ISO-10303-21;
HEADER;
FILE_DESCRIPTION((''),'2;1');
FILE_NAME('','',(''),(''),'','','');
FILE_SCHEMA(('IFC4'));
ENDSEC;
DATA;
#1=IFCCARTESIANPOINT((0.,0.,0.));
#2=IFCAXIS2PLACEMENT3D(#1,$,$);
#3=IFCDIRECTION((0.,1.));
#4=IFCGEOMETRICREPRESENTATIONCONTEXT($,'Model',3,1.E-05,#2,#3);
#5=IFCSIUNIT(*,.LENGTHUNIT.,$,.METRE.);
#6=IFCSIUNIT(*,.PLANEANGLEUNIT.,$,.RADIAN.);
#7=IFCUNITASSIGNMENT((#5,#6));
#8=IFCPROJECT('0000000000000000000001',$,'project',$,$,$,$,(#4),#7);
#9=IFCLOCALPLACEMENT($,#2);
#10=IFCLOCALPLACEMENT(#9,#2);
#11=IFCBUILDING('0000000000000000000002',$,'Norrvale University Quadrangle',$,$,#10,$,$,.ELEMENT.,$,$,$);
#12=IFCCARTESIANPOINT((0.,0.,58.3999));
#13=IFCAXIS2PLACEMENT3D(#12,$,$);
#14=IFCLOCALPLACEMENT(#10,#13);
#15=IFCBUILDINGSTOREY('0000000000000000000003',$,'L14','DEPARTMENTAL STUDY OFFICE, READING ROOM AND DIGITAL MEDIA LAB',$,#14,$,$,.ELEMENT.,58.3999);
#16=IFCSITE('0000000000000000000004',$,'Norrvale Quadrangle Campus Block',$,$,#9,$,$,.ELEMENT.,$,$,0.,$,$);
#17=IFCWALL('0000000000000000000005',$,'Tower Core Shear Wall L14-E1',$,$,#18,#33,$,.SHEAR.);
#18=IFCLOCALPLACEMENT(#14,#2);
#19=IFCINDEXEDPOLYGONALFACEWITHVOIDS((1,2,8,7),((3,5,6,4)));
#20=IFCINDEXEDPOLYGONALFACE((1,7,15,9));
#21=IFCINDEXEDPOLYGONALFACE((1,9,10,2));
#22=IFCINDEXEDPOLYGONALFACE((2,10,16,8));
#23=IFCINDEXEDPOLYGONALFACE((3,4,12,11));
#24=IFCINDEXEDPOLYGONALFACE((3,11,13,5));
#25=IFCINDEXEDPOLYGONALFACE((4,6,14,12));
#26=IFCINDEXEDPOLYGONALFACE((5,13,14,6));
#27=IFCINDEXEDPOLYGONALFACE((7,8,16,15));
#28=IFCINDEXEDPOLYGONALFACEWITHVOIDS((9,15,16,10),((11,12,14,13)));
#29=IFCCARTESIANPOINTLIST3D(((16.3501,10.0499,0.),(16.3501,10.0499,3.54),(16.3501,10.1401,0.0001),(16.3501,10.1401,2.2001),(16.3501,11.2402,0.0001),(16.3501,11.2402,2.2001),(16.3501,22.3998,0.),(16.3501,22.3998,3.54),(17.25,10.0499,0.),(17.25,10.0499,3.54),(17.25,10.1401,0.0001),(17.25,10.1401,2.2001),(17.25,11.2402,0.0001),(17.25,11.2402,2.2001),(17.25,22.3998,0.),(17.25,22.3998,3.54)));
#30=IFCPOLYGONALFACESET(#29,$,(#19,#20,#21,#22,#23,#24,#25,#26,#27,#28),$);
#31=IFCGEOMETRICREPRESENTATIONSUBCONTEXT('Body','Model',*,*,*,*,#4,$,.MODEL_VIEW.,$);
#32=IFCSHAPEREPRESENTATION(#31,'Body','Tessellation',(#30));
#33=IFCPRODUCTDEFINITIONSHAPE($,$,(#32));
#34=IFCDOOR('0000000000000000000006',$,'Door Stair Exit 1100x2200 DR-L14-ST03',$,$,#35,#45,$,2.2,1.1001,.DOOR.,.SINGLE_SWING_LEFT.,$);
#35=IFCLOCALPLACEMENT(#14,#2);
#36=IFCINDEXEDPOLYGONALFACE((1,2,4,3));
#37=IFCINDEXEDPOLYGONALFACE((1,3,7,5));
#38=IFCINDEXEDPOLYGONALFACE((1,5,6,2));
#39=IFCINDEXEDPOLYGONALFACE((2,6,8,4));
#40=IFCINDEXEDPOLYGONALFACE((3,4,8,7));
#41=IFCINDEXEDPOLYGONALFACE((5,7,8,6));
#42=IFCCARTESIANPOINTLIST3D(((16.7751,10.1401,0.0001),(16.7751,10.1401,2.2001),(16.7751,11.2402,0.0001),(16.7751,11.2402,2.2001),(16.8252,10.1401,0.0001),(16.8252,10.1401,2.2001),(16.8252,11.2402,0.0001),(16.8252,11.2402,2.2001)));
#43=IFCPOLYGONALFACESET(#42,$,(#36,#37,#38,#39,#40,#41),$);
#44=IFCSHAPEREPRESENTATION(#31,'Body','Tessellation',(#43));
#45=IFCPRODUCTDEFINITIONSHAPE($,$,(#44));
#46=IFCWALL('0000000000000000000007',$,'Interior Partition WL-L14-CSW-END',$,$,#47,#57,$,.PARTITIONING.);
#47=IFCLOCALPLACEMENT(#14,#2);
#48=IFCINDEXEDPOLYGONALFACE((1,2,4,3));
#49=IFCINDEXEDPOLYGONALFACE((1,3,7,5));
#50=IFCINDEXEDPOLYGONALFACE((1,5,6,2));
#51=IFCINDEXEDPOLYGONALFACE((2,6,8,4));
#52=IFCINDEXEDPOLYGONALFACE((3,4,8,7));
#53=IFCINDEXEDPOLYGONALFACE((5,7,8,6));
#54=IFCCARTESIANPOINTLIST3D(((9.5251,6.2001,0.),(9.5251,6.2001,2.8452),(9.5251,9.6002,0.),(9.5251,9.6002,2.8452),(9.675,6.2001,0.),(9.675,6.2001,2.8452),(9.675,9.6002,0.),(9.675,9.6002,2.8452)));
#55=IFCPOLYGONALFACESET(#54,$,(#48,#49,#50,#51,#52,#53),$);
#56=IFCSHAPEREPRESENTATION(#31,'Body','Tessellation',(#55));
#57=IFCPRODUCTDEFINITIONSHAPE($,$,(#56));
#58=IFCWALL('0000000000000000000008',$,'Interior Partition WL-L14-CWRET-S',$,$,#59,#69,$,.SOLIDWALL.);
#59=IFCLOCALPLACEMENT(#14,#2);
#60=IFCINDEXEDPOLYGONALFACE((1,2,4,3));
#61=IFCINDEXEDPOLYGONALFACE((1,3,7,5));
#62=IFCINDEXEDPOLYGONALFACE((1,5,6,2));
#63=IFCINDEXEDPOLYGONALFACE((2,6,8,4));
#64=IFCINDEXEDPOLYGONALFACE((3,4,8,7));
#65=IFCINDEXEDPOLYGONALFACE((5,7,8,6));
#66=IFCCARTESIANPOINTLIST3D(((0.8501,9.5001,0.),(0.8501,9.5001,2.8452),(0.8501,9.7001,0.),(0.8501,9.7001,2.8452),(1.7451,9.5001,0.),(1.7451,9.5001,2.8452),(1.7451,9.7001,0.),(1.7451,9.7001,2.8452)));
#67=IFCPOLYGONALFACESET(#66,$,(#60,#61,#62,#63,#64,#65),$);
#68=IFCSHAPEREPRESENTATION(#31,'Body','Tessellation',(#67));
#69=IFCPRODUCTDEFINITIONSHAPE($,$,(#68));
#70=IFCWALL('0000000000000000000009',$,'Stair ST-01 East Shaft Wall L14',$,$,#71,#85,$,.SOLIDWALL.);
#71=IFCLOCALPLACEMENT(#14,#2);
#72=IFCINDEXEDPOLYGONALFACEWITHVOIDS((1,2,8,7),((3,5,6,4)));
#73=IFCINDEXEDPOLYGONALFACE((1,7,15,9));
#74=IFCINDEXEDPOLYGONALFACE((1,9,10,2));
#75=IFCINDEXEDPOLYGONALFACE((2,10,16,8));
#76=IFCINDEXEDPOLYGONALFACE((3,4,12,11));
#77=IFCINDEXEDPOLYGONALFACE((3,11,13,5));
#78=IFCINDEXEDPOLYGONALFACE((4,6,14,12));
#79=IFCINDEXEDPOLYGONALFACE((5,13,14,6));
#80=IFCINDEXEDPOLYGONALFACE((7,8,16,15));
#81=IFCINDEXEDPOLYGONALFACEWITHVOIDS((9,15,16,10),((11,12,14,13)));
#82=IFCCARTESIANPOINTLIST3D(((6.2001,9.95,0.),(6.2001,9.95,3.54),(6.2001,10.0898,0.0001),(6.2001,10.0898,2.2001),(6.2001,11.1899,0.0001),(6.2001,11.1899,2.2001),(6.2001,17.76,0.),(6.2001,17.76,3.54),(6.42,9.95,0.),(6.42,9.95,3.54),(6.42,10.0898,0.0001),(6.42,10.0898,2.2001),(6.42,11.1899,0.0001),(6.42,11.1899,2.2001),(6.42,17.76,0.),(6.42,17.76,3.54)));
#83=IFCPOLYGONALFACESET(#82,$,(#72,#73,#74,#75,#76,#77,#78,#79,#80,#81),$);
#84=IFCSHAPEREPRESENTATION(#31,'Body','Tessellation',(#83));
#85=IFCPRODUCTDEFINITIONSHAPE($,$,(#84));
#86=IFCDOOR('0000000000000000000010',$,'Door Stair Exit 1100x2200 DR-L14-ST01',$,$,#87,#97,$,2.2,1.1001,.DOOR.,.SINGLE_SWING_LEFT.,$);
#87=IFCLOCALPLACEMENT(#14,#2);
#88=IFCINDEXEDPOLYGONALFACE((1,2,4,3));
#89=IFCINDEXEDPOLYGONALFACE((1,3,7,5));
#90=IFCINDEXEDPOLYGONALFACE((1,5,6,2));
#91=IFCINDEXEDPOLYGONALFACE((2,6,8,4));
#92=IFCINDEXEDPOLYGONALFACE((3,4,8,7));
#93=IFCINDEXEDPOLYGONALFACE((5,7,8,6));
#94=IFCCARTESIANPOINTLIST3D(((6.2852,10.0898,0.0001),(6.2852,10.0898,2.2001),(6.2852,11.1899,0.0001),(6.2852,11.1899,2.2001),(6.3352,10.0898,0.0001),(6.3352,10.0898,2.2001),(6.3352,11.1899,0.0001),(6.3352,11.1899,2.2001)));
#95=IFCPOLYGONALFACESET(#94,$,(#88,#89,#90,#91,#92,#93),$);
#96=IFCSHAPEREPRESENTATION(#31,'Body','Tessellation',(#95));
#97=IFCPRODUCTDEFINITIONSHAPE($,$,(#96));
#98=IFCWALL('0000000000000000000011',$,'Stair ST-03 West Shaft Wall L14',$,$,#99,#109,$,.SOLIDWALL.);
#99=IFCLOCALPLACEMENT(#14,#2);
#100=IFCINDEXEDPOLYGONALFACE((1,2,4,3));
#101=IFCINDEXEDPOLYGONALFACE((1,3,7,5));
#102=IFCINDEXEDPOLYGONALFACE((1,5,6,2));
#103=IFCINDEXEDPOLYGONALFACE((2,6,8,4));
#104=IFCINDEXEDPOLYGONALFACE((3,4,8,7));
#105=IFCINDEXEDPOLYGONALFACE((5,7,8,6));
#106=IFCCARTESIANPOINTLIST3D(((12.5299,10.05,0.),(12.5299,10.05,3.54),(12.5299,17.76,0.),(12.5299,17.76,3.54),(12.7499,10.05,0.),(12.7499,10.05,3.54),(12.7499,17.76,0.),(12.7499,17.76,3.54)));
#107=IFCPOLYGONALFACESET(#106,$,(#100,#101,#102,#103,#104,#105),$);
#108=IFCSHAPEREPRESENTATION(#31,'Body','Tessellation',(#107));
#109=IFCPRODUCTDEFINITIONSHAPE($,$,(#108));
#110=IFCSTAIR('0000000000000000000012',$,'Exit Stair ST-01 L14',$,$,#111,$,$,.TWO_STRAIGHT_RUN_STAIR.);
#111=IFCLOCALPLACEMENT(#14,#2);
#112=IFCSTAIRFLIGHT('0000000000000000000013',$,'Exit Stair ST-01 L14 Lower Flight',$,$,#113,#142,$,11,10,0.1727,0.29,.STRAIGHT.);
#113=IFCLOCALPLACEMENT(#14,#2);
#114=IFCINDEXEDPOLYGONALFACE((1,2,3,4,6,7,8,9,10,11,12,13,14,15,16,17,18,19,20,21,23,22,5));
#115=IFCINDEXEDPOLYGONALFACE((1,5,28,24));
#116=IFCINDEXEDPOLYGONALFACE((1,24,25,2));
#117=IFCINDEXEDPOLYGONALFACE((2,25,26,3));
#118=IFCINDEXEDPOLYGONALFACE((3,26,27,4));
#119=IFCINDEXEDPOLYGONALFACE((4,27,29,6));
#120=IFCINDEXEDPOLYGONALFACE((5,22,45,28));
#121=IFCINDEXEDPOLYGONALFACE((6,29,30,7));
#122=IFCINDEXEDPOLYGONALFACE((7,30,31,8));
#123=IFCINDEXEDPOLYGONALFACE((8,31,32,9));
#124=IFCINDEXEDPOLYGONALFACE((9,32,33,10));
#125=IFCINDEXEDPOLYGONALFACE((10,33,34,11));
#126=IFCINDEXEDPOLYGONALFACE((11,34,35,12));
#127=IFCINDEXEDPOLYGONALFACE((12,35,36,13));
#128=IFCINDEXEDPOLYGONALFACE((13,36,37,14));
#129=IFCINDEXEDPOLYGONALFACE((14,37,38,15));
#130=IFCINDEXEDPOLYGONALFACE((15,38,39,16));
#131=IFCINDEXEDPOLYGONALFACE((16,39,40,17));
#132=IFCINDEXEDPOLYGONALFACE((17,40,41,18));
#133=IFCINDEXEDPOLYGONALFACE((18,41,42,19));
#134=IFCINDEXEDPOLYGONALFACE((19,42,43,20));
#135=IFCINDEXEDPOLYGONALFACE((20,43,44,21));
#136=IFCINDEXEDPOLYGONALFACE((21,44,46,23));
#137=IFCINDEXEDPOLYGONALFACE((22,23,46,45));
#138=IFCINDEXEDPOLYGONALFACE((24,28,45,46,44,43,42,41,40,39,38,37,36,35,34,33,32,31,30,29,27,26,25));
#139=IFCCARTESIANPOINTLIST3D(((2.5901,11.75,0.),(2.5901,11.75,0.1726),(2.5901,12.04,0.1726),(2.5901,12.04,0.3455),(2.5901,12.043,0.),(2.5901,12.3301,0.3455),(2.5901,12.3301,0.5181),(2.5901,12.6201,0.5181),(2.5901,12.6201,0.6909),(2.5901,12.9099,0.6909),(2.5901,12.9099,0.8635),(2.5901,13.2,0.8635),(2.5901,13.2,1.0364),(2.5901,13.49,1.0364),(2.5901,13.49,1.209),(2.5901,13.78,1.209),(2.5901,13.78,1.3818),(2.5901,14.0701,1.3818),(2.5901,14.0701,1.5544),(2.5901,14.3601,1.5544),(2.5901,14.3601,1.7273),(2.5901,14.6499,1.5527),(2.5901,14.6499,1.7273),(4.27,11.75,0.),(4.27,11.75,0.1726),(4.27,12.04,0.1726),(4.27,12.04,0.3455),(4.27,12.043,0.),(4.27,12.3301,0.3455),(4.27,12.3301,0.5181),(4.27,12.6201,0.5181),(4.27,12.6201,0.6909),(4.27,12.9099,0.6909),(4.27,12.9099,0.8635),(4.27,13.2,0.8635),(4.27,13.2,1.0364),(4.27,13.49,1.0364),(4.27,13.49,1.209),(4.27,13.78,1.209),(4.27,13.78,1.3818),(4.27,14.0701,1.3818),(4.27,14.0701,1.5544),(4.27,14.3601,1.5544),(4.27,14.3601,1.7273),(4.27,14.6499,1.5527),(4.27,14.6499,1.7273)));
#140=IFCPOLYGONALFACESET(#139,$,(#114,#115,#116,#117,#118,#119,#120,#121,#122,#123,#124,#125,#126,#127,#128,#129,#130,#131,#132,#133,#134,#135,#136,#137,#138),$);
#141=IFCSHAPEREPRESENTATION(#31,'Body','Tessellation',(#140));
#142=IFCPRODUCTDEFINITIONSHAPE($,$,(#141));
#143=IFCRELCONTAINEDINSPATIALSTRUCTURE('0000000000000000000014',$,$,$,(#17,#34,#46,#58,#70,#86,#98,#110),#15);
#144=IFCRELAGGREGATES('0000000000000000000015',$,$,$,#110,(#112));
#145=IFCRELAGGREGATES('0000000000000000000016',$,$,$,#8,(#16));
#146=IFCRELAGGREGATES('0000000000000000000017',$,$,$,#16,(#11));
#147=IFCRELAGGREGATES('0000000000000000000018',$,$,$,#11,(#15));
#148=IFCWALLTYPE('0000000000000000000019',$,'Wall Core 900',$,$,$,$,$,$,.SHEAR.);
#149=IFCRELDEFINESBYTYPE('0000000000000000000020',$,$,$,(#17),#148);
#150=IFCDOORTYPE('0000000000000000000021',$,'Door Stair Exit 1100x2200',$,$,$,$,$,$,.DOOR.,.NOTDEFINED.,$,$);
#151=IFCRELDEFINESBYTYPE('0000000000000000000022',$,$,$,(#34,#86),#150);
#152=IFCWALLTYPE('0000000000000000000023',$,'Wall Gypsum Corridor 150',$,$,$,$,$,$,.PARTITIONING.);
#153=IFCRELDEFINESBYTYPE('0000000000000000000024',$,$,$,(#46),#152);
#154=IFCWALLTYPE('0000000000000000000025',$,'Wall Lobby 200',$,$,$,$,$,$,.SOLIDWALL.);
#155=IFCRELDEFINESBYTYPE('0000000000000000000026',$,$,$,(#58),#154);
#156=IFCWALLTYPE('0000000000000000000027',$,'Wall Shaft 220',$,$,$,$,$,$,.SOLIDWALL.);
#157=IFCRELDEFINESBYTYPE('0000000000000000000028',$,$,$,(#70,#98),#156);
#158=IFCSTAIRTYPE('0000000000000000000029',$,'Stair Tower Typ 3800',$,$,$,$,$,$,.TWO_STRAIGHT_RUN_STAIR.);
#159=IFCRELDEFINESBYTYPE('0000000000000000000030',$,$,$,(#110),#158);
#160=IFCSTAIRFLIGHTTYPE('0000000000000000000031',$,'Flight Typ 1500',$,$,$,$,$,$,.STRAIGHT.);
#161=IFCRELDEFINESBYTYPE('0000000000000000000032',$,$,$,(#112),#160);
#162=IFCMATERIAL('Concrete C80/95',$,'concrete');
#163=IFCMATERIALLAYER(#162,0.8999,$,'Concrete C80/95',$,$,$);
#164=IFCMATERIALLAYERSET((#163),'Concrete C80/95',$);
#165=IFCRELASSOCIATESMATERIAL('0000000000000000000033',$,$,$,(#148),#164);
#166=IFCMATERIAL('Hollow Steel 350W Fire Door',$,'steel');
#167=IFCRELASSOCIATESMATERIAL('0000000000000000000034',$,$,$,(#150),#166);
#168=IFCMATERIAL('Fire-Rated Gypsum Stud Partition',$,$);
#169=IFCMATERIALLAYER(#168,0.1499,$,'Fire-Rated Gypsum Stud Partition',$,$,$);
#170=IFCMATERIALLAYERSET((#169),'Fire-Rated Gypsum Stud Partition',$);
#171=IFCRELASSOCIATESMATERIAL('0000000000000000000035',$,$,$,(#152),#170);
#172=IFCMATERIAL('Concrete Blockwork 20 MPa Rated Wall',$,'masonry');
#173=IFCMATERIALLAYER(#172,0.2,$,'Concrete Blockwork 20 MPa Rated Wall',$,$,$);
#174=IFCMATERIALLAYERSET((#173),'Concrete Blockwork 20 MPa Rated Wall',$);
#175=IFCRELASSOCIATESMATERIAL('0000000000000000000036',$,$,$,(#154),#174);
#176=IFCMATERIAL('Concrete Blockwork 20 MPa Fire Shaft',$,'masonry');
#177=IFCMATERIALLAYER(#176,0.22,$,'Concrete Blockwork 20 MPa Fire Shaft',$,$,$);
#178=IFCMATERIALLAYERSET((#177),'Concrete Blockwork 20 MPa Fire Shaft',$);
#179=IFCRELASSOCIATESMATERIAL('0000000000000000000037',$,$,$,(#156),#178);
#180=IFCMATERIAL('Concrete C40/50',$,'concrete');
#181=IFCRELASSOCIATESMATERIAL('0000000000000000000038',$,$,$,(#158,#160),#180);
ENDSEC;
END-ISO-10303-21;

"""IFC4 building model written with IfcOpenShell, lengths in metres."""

from ifc_helpers import new_model, si_unit, direction, frame, frame_2d, origin, place, context, subcontext, project, spatial, polyline, rectangle, outline, extrude, material, layer, layer_set, type_object, element, fill, aggregate, save


model = new_model("IFC4")

# Units and contexts
model_context = context("Model", 3, precision=1e-05, world=origin(), true_north=direction((0.0, 1.0)))
body_context = subcontext(model_context, "Body", "Model", "MODEL_VIEW")
ifc_project = project(units=[si_unit("LENGTHUNIT", "METRE"), si_unit("PLANEANGLEUNIT", "RADIAN")], contexts=[model_context])

# Site, building, storey
site_placement = place(None, origin())
site = spatial("IfcSite", under=ifc_project, at=site_placement, Name="Norrvale Quadrangle Campus Block", CompositionType="ELEMENT", RefElevation=0.0)
building_placement = place(site_placement, origin())
building = spatial("IfcBuilding", under=site, at=building_placement, Name="Norrvale University Quadrangle", CompositionType="ELEMENT")
storey_placement = place(building_placement, frame((0.0, 0.0, 58.3999)))
storey = spatial("IfcBuildingStorey", under=building, at=storey_placement, Name="L14", Description="DEPARTMENTAL STUDY OFFICE, READING ROOM AND DIGITAL MEDIA LAB", CompositionType="ELEMENT", Elevation=58.3999)

# Shared definitions
ifc_material_1 = material(Name="Concrete C80/95", Category="concrete")

# Shared definitions
ifc_layer_1 = layer(ifc_material_1, 0.8999, Name="Concrete C80/95")
ifc_layer_set_1 = layer_set([ifc_layer_1], Name="Concrete C80/95")
wall_type_1 = type_object("IfcWallType", Name="Wall Core 900", PredefinedType="SHEAR", material=ifc_layer_set_1)

# Wall, opening, door
wall_1_placement = place(storey_placement, frame((16.8, 10.05, 0.0), z_axis=(0.0, 0.0, 1.0), x_axis=(0.0, 1.0, 0.0)))
wall_1 = element("IfcWall", 1, at=wall_1_placement, inside=storey, type_object=wall_type_1, Name="Tower Core Shear Wall L14-E1", PredefinedType="SHEAR", context=body_context, shape_type="SweptSolid", body=[
    extrude(rectangle(XDim=12.3499, YDim=0.8999, at=frame_2d((6.1748, 0.0))), origin(), (0.0, 0.0, 1.0), 3.54),
])
opening_1_placement = place(wall_1_placement, frame((0.0901, 0.0, 0.0)))
opening_1 = element("IfcOpeningElement", 2, at=opening_1_placement, cuts=wall_1, PredefinedType="OPENING", context=body_context, shape_type="SweptSolid", body=[
    extrude(rectangle(XDim=1.1001, YDim=2.2, at=frame_2d((0.55, 1.1001))), frame((0.0, 0.4619, 0.0), z_axis=(0.0, -1.0, 0.0), x_axis=(1.0, 0.0, 0.0)), (0.0, 0.0, 1.0), 0.9238),
])
ifc_material_2 = material(Name="Hollow Steel 350W Fire Door", Category="steel")
door_type = type_object("IfcDoorType", Name="Door Stair Exit 1100x2200", OperationType="NOTDEFINED", PredefinedType="DOOR", material=ifc_material_2)
door_1_placement = place(opening_1_placement, origin())
door_1 = element("IfcDoor", 3, at=door_1_placement, inside=storey, type_object=door_type, Name="Door Stair Exit 1100x2200 DR-L14-ST03", OperationType="SINGLE_SWING_LEFT", OverallHeight=2.2, OverallWidth=1.1001, PredefinedType="DOOR", context=body_context, shape_type="SweptSolid", body=[
    extrude(rectangle(XDim=1.1001, YDim=2.2, at=frame_2d((0.55, 1.1001))), frame((0.0, 0.0249, 0.0), z_axis=(0.0, -1.0, 0.0), x_axis=(1.0, 0.0, 0.0)), (0.0, 0.0, 1.0), 0.05),
])
fill(opening_1, door_1)

# Walls
ifc_material_3 = material(Name="Fire-Rated Gypsum Stud Partition")
ifc_layer_2 = layer(ifc_material_3, 0.1499, Name="Fire-Rated Gypsum Stud Partition")
ifc_layer_set_2 = layer_set([ifc_layer_2], Name="Fire-Rated Gypsum Stud Partition")
wall_type_2 = type_object("IfcWallType", Name="Wall Gypsum Corridor 150", PredefinedType="PARTITIONING", material=ifc_layer_set_2)
wall_2_placement = place(storey_placement, frame((9.6001, 6.2, 0.0), z_axis=(0.0, 0.0, 1.0), x_axis=(0.0, 1.0, 0.0)))
element("IfcWall", 4, at=wall_2_placement, inside=storey, type_object=wall_type_2, Name="Interior Partition WL-L14-CSW-END", PredefinedType="PARTITIONING", context=body_context, shape_type="SweptSolid", body=[
    extrude(rectangle(XDim=3.4001, YDim=0.1499, at=frame_2d((1.7002, 0.0))), origin(), (0.0, 0.0, 1.0), 2.8452),
])
ifc_material_4 = material(Name="Concrete Blockwork 20 MPa Rated Wall", Category="masonry")
ifc_layer_3 = layer(ifc_material_4, 0.2, Name="Concrete Blockwork 20 MPa Rated Wall")
ifc_layer_set_3 = layer_set([ifc_layer_3], Name="Concrete Blockwork 20 MPa Rated Wall")
wall_type_3 = type_object("IfcWallType", Name="Wall Lobby 200", PredefinedType="SOLIDWALL", material=ifc_layer_set_3)
wall_3_placement = place(storey_placement, frame((0.8501, 9.6001, 0.0), z_axis=(0.0, 0.0, 1.0), x_axis=(1.0, 0.0, 0.0)))
element("IfcWall", 5, at=wall_3_placement, inside=storey, type_object=wall_type_3, Name="Interior Partition WL-L14-CWRET-S", PredefinedType="SOLIDWALL", context=body_context, shape_type="SweptSolid", body=[
    extrude(rectangle(XDim=0.895, YDim=0.2, at=frame_2d((0.4475, 0.0))), origin(), (0.0, 0.0, 1.0), 2.8452),
])

# Wall, opening, door
ifc_material_5 = material(Name="Concrete Blockwork 20 MPa Fire Shaft", Category="masonry")
ifc_layer_4 = layer(ifc_material_5, 0.22, Name="Concrete Blockwork 20 MPa Fire Shaft")
ifc_layer_set_4 = layer_set([ifc_layer_4], Name="Concrete Blockwork 20 MPa Fire Shaft")
wall_type_4 = type_object("IfcWallType", Name="Wall Shaft 220", PredefinedType="SOLIDWALL", material=ifc_layer_set_4)
wall_4_placement = place(storey_placement, frame((6.3101, 9.95, 0.0), z_axis=(0.0, 0.0, 1.0), x_axis=(0.0, 1.0, 0.0)))
wall_4 = element("IfcWall", 6, at=wall_4_placement, inside=storey, type_object=wall_type_4, Name="Stair ST-01 East Shaft Wall L14", PredefinedType="SOLIDWALL", context=body_context, shape_type="SweptSolid", body=[
    extrude(rectangle(XDim=7.8101, YDim=0.22, at=frame_2d((3.905, 0.0))), origin(), (0.0, 0.0, 1.0), 3.54),
])
opening_2_placement = place(wall_4_placement, frame((0.1399, 0.0, 0.0)))
opening_2 = element("IfcOpeningElement", 7, at=opening_2_placement, cuts=wall_4, PredefinedType="OPENING", context=body_context, shape_type="SweptSolid", body=[
    extrude(rectangle(XDim=1.1001, YDim=2.2, at=frame_2d((0.55, 1.1001))), frame((0.0, 0.1221, 0.0), z_axis=(0.0, -1.0, 0.0), x_axis=(1.0, 0.0, 0.0)), (0.0, 0.0, 1.0), 0.2439),
])
door_2_placement = place(opening_2_placement, origin())
door_2 = element("IfcDoor", 8, at=door_2_placement, inside=storey, type_object=door_type, Name="Door Stair Exit 1100x2200 DR-L14-ST01", OperationType="SINGLE_SWING_LEFT", OverallHeight=2.2, OverallWidth=1.1001, PredefinedType="DOOR", context=body_context, shape_type="SweptSolid", body=[
    extrude(rectangle(XDim=1.1001, YDim=2.2, at=frame_2d((0.55, 1.1001))), frame((0.0, 0.0249, 0.0), z_axis=(0.0, -1.0, 0.0), x_axis=(1.0, 0.0, 0.0)), (0.0, 0.0, 1.0), 0.05),
])
fill(opening_2, door_2)

# Wall
wall_5_placement = place(storey_placement, frame((12.6399, 10.05, 0.0), z_axis=(0.0, 0.0, 1.0), x_axis=(0.0, 1.0, 0.0)))
element("IfcWall", 9, at=wall_5_placement, inside=storey, type_object=wall_type_4, Name="Stair ST-03 West Shaft Wall L14", PredefinedType="SOLIDWALL", context=body_context, shape_type="SweptSolid", body=[
    extrude(rectangle(XDim=7.71, YDim=0.22, at=frame_2d((3.855, 0.0))), origin(), (0.0, 0.0, 1.0), 3.54),
])

# Stair, stair flight
ifc_material_6 = material(Name="Concrete C40/50", Category="concrete")
stair_type = type_object("IfcStairType", Name="Stair Tower Typ 3800", PredefinedType="TWO_STRAIGHT_RUN_STAIR", material=ifc_material_6)
stair_placement = place(storey_placement, origin())
stair = element("IfcStair", 10, at=stair_placement, inside=storey, type_object=stair_type, Name="Exit Stair ST-01 L14", PredefinedType="TWO_STRAIGHT_RUN_STAIR")
stair_flight_type = type_object("IfcStairFlightType", Name="Flight Typ 1500", PredefinedType="STRAIGHT", material=ifc_material_6)
stair_flight_placement = place(storey_placement, frame((3.4299, 11.75, 0.0), z_axis=(0.0, 0.0, 1.0), x_axis=(0.0, 1.0, 0.0)))
stair_flight = element("IfcStairFlight", 11, at=stair_flight_placement, type_object=stair_flight_type, Name="Exit Stair ST-01 L14 Lower Flight", NumberOfRisers=11, NumberOfTreads=10, PredefinedType="STRAIGHT", RiserHeight=0.1727, TreadLength=0.29, context=body_context, shape_type="SweptSolid", body=[
    extrude(outline(polyline([(0.0, 0.0), (0.0, 0.1726), (0.29, 0.1726), (0.29, 0.3455), (0.5801, 0.3455), (0.5801, 0.5181), (0.8701, 0.5181), (0.8701, 0.6909), (1.1599, 0.6909), (1.1599, 0.8635), (1.45, 0.8635), (1.45, 1.0364), (1.74, 1.0364), (1.74, 1.209), (2.03, 1.209), (2.03, 1.3818), (2.3201, 1.3818), (2.3201, 1.5544), (2.6101, 1.5544), (2.6101, 1.7273), (2.8999, 1.7273), (2.8999, 1.8999), (2.8999, 1.5527), (0.293, 0.0), (0.0, 0.0)])), frame((0.0, 0.8398, 0.0), z_axis=(0.0, -1.0, 0.0), x_axis=(1.0, 0.0, 0.0)), (0.0, 0.0, 1.0), 1.6799),
])
aggregate(stair, [stair_flight])

save(model, "model.ifc")
